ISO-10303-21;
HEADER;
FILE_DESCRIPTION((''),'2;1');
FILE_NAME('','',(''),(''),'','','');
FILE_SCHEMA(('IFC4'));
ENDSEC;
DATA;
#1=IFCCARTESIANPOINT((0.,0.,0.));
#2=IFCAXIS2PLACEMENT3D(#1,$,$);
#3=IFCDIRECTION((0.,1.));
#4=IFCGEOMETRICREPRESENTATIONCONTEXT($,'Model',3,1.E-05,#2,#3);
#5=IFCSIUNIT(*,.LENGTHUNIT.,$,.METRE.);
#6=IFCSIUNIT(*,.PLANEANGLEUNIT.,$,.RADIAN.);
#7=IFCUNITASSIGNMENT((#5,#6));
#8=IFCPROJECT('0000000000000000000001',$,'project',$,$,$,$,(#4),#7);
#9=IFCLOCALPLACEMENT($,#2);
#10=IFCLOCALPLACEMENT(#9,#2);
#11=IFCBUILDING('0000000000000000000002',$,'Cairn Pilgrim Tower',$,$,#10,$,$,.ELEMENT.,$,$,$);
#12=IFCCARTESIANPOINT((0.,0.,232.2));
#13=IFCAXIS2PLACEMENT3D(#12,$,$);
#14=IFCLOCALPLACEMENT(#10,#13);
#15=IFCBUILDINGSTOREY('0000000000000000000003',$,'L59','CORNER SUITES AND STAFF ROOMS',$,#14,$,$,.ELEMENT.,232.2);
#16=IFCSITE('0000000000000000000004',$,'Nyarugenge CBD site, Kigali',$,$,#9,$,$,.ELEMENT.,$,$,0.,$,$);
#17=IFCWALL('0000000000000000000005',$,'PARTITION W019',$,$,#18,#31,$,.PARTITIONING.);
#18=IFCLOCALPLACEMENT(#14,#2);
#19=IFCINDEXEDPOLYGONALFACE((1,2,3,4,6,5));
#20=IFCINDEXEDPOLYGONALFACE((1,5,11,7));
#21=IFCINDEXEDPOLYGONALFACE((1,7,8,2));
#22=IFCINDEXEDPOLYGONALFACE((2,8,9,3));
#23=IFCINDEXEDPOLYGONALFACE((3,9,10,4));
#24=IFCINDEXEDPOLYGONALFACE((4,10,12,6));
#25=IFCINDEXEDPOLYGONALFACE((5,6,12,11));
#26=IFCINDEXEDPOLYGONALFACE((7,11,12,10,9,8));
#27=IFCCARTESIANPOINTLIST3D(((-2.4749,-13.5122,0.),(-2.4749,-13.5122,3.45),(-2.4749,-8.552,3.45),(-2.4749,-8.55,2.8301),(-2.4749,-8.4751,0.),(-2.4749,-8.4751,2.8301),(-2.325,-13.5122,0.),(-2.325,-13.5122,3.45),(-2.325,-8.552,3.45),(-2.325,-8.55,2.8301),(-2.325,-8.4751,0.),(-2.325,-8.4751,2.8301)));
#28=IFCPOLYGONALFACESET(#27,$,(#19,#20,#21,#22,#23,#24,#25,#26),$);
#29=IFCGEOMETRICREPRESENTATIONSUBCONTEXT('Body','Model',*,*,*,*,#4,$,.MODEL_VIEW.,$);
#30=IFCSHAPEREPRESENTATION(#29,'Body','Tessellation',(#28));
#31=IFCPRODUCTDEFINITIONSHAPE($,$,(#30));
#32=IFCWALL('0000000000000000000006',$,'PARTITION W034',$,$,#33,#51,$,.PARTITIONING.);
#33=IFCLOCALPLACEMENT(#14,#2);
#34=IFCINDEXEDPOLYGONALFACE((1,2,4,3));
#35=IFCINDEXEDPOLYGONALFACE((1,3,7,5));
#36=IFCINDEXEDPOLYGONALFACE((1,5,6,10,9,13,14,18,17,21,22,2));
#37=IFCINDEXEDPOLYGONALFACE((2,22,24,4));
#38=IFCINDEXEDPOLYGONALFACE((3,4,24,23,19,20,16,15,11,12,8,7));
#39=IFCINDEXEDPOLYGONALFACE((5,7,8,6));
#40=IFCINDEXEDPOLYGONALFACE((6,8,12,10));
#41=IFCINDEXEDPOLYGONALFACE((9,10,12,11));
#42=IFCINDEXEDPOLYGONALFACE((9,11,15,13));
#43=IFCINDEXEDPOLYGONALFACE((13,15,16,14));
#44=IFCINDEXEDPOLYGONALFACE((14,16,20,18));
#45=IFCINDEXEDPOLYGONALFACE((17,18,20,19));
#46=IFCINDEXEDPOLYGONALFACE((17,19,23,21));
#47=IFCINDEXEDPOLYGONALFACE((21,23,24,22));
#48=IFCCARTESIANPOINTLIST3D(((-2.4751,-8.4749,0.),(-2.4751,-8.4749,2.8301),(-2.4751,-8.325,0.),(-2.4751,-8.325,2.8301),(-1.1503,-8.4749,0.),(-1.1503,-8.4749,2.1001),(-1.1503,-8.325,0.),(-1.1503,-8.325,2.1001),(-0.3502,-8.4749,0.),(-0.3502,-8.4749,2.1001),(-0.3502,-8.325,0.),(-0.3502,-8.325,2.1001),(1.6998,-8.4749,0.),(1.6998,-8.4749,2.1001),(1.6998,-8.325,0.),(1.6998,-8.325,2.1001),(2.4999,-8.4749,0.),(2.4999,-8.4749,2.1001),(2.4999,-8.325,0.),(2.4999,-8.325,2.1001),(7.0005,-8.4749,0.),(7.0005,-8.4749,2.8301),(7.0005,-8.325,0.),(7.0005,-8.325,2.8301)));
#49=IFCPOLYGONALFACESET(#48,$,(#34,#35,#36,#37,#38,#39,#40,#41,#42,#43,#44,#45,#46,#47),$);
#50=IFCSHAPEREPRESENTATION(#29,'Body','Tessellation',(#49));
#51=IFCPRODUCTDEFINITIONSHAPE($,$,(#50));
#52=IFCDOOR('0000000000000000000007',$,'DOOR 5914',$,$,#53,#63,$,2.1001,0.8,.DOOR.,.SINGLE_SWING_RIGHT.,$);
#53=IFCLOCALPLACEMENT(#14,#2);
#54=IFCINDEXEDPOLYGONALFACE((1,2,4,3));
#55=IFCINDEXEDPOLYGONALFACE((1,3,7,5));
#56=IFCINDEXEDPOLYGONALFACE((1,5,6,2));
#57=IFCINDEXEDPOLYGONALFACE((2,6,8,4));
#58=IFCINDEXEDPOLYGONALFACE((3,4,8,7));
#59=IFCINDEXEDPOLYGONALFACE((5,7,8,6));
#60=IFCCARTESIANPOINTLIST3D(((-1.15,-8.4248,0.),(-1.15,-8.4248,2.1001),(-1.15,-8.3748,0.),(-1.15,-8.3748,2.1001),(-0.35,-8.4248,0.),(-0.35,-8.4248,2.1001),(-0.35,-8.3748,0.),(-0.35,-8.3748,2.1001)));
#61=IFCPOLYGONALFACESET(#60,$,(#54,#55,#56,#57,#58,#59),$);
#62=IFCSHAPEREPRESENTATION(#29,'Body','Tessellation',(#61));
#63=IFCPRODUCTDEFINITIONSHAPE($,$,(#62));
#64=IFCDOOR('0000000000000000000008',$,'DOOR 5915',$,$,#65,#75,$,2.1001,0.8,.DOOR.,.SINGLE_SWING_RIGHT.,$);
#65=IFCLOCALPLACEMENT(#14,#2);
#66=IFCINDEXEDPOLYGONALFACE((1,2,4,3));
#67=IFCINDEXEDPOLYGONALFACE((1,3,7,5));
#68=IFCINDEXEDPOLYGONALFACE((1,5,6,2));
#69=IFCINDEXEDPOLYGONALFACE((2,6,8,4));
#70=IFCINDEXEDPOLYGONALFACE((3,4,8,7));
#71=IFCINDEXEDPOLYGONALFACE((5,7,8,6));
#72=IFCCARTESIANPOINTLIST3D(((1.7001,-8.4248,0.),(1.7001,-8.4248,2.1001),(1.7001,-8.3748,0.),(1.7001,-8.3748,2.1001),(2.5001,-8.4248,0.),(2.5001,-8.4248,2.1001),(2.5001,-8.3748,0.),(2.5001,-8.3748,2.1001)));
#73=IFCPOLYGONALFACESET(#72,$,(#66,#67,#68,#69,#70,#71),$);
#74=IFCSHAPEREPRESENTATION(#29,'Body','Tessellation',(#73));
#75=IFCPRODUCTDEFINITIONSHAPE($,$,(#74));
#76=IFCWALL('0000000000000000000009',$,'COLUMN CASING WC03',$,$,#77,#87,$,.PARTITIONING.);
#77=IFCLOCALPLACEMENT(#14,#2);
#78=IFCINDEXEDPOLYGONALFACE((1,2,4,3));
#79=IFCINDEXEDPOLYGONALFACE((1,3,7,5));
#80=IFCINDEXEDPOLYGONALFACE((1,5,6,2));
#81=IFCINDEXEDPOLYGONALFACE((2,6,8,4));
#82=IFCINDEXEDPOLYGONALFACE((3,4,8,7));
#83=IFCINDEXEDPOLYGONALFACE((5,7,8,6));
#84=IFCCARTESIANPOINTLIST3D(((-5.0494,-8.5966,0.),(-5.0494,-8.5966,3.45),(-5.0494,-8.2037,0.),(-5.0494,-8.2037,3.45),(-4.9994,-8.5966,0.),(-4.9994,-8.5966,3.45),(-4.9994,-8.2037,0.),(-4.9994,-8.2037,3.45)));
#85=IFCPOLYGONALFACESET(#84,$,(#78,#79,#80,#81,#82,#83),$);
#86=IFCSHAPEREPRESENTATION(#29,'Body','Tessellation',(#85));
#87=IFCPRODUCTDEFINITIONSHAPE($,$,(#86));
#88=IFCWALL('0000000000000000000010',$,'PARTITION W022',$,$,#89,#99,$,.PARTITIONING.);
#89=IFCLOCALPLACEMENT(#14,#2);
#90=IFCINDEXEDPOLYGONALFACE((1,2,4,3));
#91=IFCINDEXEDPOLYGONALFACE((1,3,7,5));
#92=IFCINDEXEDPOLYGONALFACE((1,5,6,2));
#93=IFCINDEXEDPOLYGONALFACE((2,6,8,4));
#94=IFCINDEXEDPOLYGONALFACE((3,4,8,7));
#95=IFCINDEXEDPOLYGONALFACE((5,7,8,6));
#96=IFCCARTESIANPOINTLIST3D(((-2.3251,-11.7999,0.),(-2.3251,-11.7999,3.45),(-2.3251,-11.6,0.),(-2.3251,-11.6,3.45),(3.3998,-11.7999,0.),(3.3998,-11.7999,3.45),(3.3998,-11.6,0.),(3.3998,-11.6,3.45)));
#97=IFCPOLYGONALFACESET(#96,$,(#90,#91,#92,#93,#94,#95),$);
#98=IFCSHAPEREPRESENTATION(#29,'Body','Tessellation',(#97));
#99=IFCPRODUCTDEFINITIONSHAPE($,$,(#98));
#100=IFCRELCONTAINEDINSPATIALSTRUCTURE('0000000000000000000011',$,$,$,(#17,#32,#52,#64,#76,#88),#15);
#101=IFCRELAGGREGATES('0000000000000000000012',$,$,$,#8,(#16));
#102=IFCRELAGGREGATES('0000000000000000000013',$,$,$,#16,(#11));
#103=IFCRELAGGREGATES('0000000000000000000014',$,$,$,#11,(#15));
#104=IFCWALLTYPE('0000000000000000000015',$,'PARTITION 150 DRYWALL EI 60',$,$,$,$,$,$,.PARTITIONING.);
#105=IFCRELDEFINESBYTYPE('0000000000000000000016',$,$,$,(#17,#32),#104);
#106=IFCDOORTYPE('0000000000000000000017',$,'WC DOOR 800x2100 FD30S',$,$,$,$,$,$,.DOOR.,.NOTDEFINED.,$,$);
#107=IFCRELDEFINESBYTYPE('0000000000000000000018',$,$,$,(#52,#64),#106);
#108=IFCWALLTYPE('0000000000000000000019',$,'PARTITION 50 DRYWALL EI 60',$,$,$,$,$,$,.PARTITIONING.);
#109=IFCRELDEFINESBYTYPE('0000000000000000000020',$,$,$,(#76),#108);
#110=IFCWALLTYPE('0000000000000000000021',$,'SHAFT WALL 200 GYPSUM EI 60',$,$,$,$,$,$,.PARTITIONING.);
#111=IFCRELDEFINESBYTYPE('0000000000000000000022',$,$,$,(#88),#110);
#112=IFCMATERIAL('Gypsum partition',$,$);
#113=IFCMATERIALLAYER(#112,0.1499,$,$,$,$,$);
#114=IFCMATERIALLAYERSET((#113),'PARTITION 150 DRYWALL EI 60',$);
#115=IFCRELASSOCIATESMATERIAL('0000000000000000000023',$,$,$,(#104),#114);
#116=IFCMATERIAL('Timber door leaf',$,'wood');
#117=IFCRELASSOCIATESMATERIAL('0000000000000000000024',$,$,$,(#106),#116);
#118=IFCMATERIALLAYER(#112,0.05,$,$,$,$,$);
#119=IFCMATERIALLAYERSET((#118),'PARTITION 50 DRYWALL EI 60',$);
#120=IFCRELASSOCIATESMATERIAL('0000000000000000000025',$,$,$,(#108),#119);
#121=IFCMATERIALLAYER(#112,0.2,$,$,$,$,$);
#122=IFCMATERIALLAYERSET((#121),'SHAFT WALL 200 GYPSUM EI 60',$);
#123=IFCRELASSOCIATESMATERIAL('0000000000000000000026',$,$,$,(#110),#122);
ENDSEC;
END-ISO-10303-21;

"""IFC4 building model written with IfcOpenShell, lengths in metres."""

from ifc_helpers import new_model, si_unit, direction, frame, frame_2d, origin, place, context, subcontext, project, spatial, polyline, rectangle, outline, extrude, material, layer, layer_set, type_object, element, fill, save


model = new_model("IFC4")

# Units and contexts
model_context = context("Model", 3, precision=1e-05, world=origin(), true_north=direction((0.0, 1.0)))
body_context = subcontext(model_context, "Body", "Model", "MODEL_VIEW")
ifc_project = project(units=[si_unit("LENGTHUNIT", "METRE"), si_unit("PLANEANGLEUNIT", "RADIAN")], contexts=[model_context])

# Site, building, storey
site_placement = place(None, origin())
site = spatial("IfcSite", under=ifc_project, at=site_placement, Name="Nyarugenge CBD site, Kigali", CompositionType="ELEMENT", RefElevation=0.0)
building_placement = place(site_placement, origin())
building = spatial("IfcBuilding", under=site, at=building_placement, Name="Cairn Pilgrim Tower", CompositionType="ELEMENT")
storey_placement = place(building_placement, frame((0.0, 0.0, 232.2)))
storey = spatial("IfcBuildingStorey", under=building, at=storey_placement, Name="L59", Description="CORNER SUITES AND STAFF ROOMS", CompositionType="ELEMENT", Elevation=232.2)

# Wall
ifc_material_1 = material(Name="Gypsum partition")
ifc_layer_1 = layer(ifc_material_1, 0.1499)
ifc_layer_set_1 = layer_set([ifc_layer_1], Name="PARTITION 150 DRYWALL EI 60")
wall_type_1 = type_object("IfcWallType", Name="PARTITION 150 DRYWALL EI 60", PredefinedType="PARTITIONING", material=ifc_layer_set_1)
wall_1_placement = place(storey_placement, frame((-2.3999, -13.5122, 0.0), z_axis=(0.0, 0.0, 1.0), x_axis=(0.0, 1.0, 0.0)))
element("IfcWall", 1, at=wall_1_placement, inside=storey, type_object=wall_type_1, Name="PARTITION W019", PredefinedType="PARTITIONING", context=body_context, shape_type="SweptSolid", body=[
    extrude(outline(polyline([(0.0, 0.0), (5.0371, 0.0), (5.0371, 2.8301), (4.9622, 2.8301), (4.9602, 3.45), (0.0, 3.45), (0.0, 0.0)])), frame((0.0, 0.075, 0.0), z_axis=(0.0, -1.0, 0.0), x_axis=(1.0, 0.0, 0.0)), (0.0, 0.0, 1.0), 0.1499),
])

# Wall, openings, doors
wall_2_placement = place(storey_placement, frame((-2.4751, -8.3999, 0.0), z_axis=(0.0, 0.0, 1.0), x_axis=(1.0, 0.0, 0.0)))
wall_2 = element("IfcWall", 2, at=wall_2_placement, inside=storey, type_object=wall_type_1, Name="PARTITION W034", PredefinedType="PARTITIONING", context=body_context, shape_type="SweptSolid", body=[
    extrude(rectangle(XDim=9.4756, YDim=0.1499, at=frame_2d((4.7378, 0.0))), origin(), (0.0, 0.0, 1.0), 2.8301),
])
opening_1_placement = place(wall_2_placement, frame((1.325, 0.0, 0.0)))
opening_1 = element("IfcOpeningElement", 3, at=opening_1_placement, cuts=wall_2, PredefinedType="OPENING", context=body_context, shape_type="SweptSolid", body=[
    extrude(rectangle(XDim=0.8, YDim=2.1001, at=frame_2d((0.3999, 1.05))), frame((0.0, 0.085, 0.0), z_axis=(0.0, -1.0, 0.0), x_axis=(1.0, 0.0, 0.0)), (0.0, 0.0, 1.0), 0.1699),
])
opening_2_placement = place(wall_2_placement, frame((4.175, 0.0, 0.0)))
opening_2 = element("IfcOpeningElement", 4, at=opening_2_placement, cuts=wall_2, PredefinedType="OPENING", context=body_context, shape_type="SweptSolid", body=[
    extrude(rectangle(XDim=0.8, YDim=2.1001, at=frame_2d((0.3999, 1.05))), frame((0.0, 0.085, 0.0), z_axis=(0.0, -1.0, 0.0), x_axis=(1.0, 0.0, 0.0)), (0.0, 0.0, 1.0), 0.1699),
])
ifc_material_2 = material(Name="Timber door leaf", Category="wood")
door_type = type_object("IfcDoorType", Name="WC DOOR 800x2100 FD30S", OperationType="NOTDEFINED", PredefinedType="DOOR", material=ifc_material_2)
door_1_placement = place(opening_1_placement, frame((0.8, 0.0, 0.0), z_axis=(0.0, 0.0, 1.0), x_axis=(-1.0, 0.0, 0.0)))
door_1 = element("IfcDoor", 5, at=door_1_placement, inside=storey, type_object=door_type, Name="DOOR 5914", OperationType="SINGLE_SWING_RIGHT", OverallHeight=2.1001, OverallWidth=0.8, PredefinedType="DOOR", context=body_context, shape_type="SweptSolid", body=[
    extrude(rectangle(XDim=0.8, YDim=2.1001, at=frame_2d((0.3999, 1.05))), frame((0.0, 0.0249, 0.0), z_axis=(0.0, -1.0, 0.0), x_axis=(1.0, 0.0, 0.0)), (0.0, 0.0, 1.0), 0.05),
])
fill(opening_1, door_1)
door_2_placement = place(opening_2_placement, frame((0.8, 0.0, 0.0), z_axis=(0.0, 0.0, 1.0), x_axis=(-1.0, 0.0, 0.0)))
door_2 = element("IfcDoor", 6, at=door_2_placement, inside=storey, type_object=door_type, Name="DOOR 5915", OperationType="SINGLE_SWING_RIGHT", OverallHeight=2.1001, OverallWidth=0.8, PredefinedType="DOOR", context=body_context, shape_type="SweptSolid", body=[
    extrude(rectangle(XDim=0.8, YDim=2.1001, at=frame_2d((0.3999, 1.05))), frame((0.0, 0.0249, 0.0), z_axis=(0.0, -1.0, 0.0), x_axis=(1.0, 0.0, 0.0)), (0.0, 0.0, 1.0), 0.05),
])
fill(opening_2, door_2)

# Walls
ifc_layer_2 = layer(ifc_material_1, 0.05)
ifc_layer_set_2 = layer_set([ifc_layer_2], Name="PARTITION 50 DRYWALL EI 60")
wall_type_2 = type_object("IfcWallType", Name="PARTITION 50 DRYWALL EI 60", PredefinedType="PARTITIONING", material=ifc_layer_set_2)
wall_3_placement = place(storey_placement, frame((-5.0244, -8.5964, 0.0), z_axis=(0.0, 0.0, 1.0), x_axis=(0.0, 1.0, 0.0)))
element("IfcWall", 7, at=wall_3_placement, inside=storey, type_object=wall_type_2, Name="COLUMN CASING WC03", PredefinedType="PARTITIONING", context=body_context, shape_type="SweptSolid", body=[
    extrude(rectangle(XDim=0.3928, YDim=0.05, at=frame_2d((0.1963, 0.0))), origin(), (0.0, 0.0, 1.0), 3.45),
])
ifc_layer_3 = layer(ifc_material_1, 0.2)
ifc_layer_set_3 = layer_set([ifc_layer_3], Name="SHAFT WALL 200 GYPSUM EI 60")
wall_type_3 = type_object("IfcWallType", Name="SHAFT WALL 200 GYPSUM EI 60", PredefinedType="PARTITIONING", material=ifc_layer_set_3)
wall_4_placement = place(storey_placement, frame((-2.325, -11.7, 0.0), z_axis=(0.0, 0.0, 1.0), x_axis=(1.0, 0.0, 0.0)))
element("IfcWall", 8, at=wall_4_placement, inside=storey, type_object=wall_type_3, Name="PARTITION W022", PredefinedType="PARTITIONING", context=body_context, shape_type="SweptSolid", body=[
    extrude(rectangle(XDim=5.7249, YDim=0.2, at=frame_2d((2.8623, 0.0))), origin(), (0.0, 0.0, 1.0), 3.45),
])

save(model, "model.ifc")
